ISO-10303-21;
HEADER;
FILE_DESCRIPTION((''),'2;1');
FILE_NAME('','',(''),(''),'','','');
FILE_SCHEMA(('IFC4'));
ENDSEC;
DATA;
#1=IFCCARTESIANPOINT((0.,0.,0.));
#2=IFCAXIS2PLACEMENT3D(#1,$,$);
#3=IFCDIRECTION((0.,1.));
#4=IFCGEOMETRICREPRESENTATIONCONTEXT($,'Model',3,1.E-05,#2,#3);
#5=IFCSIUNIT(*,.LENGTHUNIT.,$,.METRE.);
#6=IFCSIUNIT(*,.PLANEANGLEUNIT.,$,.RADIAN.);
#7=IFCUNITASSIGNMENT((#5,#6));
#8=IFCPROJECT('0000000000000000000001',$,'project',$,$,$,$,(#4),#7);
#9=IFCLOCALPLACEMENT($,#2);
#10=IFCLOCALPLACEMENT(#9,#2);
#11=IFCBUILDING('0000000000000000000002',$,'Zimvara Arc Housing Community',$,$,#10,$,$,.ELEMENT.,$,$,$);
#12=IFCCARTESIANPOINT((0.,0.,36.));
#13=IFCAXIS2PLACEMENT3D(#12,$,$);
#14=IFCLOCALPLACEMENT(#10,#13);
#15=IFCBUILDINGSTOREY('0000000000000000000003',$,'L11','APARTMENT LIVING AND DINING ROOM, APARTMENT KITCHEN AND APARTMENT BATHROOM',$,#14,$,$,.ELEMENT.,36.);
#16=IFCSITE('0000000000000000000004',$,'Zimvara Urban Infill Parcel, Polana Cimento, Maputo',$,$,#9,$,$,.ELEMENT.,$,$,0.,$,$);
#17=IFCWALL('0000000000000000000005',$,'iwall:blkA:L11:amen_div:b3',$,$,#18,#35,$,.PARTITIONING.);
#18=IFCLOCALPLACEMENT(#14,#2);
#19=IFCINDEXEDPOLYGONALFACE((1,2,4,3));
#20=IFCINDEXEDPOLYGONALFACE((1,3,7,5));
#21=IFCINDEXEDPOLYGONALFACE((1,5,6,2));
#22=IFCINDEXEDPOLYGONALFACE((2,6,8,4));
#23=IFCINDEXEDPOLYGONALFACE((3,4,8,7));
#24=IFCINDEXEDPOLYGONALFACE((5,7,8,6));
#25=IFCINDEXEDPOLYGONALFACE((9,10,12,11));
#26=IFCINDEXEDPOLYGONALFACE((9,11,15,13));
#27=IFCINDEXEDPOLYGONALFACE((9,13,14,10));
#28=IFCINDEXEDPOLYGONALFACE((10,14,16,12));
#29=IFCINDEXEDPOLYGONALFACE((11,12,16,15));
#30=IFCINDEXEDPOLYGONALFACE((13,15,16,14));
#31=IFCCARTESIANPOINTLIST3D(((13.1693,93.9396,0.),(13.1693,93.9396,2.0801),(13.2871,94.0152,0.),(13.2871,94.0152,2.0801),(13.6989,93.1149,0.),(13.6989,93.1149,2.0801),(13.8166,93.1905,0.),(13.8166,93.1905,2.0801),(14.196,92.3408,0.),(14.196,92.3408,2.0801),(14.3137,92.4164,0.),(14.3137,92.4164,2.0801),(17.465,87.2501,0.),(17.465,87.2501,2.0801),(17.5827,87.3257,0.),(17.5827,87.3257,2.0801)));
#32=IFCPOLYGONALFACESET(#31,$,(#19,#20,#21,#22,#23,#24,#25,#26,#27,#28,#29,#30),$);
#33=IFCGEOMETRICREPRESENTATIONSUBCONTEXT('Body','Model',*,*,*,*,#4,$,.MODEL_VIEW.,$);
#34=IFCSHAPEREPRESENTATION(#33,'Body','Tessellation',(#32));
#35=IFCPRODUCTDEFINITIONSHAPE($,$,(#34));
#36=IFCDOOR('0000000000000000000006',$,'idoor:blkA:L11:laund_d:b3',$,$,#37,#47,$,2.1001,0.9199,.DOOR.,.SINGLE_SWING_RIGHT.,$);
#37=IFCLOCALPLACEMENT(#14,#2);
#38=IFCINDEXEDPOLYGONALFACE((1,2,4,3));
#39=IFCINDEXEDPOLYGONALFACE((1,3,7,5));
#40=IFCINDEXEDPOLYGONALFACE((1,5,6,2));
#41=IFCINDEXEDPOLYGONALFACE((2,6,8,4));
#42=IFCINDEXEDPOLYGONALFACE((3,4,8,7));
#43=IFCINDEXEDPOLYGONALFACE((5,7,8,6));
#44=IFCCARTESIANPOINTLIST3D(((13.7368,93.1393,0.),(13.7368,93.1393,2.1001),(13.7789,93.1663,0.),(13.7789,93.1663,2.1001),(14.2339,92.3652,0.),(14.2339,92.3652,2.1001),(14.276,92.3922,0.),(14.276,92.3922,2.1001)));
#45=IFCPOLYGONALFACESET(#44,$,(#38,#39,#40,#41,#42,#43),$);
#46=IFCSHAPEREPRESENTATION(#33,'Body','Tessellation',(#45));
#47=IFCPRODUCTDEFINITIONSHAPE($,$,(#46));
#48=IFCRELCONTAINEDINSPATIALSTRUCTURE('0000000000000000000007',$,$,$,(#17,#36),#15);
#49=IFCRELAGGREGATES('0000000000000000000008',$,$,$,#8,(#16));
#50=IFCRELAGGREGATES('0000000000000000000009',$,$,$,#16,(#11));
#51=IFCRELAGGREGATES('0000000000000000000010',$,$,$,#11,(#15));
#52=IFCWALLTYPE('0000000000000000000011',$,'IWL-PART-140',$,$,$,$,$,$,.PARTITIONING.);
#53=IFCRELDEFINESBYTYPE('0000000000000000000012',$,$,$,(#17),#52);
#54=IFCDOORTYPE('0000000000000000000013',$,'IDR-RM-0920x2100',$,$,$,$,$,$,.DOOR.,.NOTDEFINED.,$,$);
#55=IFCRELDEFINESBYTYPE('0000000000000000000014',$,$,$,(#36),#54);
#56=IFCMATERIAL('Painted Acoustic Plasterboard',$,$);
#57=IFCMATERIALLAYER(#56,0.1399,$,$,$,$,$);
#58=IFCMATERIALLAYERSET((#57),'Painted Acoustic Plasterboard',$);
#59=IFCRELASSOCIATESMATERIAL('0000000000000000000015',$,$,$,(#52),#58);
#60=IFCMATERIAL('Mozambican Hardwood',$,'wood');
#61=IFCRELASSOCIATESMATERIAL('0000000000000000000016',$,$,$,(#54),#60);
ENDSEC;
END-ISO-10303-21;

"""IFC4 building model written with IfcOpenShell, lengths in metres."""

from ifc_helpers import new_model, si_unit, direction, frame, frame_2d, origin, place, context, subcontext, project, spatial, rectangle, extrude, material, layer, layer_set, type_object, element, fill, save


model = new_model("IFC4")

# Units and contexts
model_context = context("Model", 3, precision=1e-05, world=origin(), true_north=direction((0.0, 1.0)))
body_context = subcontext(model_context, "Body", "Model", "MODEL_VIEW")
ifc_project = project(units=[si_unit("LENGTHUNIT", "METRE"), si_unit("PLANEANGLEUNIT", "RADIAN")], contexts=[model_context])

# Site, building, storey
site_placement = place(None, origin())
site = spatial("IfcSite", under=ifc_project, at=site_placement, Name="Zimvara Urban Infill Parcel, Polana Cimento, Maputo", CompositionType="ELEMENT", RefElevation=0.0)
building_placement = place(site_placement, origin())
building = spatial("IfcBuilding", under=site, at=building_placement, Name="Zimvara Arc Housing Community", CompositionType="ELEMENT")
storey_placement = place(building_placement, frame((0.0, 0.0, 36.0)))
storey = spatial("IfcBuildingStorey", under=building, at=storey_placement, Name="L11", Description="APARTMENT LIVING AND DINING ROOM, APARTMENT KITCHEN AND APARTMENT BATHROOM", CompositionType="ELEMENT", Elevation=36.0)

# Wall, opening, door
ifc_material_1 = material(Name="Painted Acoustic Plasterboard")
ifc_layer_1 = layer(ifc_material_1, 0.1399)
ifc_layer_set_1 = layer_set([ifc_layer_1], Name="Painted Acoustic Plasterboard")
wall_type_1 = type_object("IfcWallType", Name="IWL-PART-140", PredefinedType="PARTITIONING", material=ifc_layer_set_1)
wall_1_placement = place(storey_placement, frame((17.5239, 87.2878, 0.0), z_axis=(0.0, 0.0, 1.0), x_axis=(-0.540338, 0.841448, 0.0)))
wall_1 = element("IfcWall", 1, at=wall_1_placement, inside=storey, type_object=wall_type_1, Name="iwall:blkA:L11:amen_div:b3", PredefinedType="PARTITIONING", context=body_context, shape_type="SweptSolid", body=[
    extrude(rectangle(XDim=7.95, YDim=0.1399, at=frame_2d((3.9751, 0.0))), origin(), (0.0, 0.0, 1.0), 2.0801),
])
opening_1_placement = place(wall_1_placement, frame((6.05, 0.0, 0.0)))
opening_1 = element("IfcOpeningElement", 2, at=opening_1_placement, cuts=wall_1, PredefinedType="OPENING", context=body_context, shape_type="SweptSolid", body=[
    extrude(rectangle(XDim=0.9199, YDim=2.1001, at=frame_2d((0.46, 1.05))), frame((0.0, 0.0798, 0.0), z_axis=(0.0, -1.0, 0.0), x_axis=(1.0, 0.0, 0.0)), (0.0, 0.0, 1.0), 0.1599),
])
ifc_material_2 = material(Name="Mozambican Hardwood", Category="wood")
door_type_1 = type_object("IfcDoorType", Name="IDR-RM-0920x2100", OperationType="NOTDEFINED", PredefinedType="DOOR", material=ifc_material_2)
door_1_placement = place(opening_1_placement, origin())
door_1 = element("IfcDoor", 3, at=door_1_placement, inside=storey, type_object=door_type_1, Name="idoor:blkA:L11:laund_d:b3", OperationType="SINGLE_SWING_RIGHT", OverallHeight=2.1001, OverallWidth=0.9199, PredefinedType="DOOR", context=body_context, shape_type="SweptSolid", body=[
    extrude(rectangle(XDim=0.9199, YDim=2.1001, at=frame_2d((0.46, 1.05))), frame((0.0, 0.0249, 0.0), z_axis=(0.0, -1.0, 0.0), x_axis=(1.0, 0.0, 0.0)), (0.0, 0.0, 1.0), 0.05),
])
fill(opening_1, door_1)

save(model, "model.ifc")
